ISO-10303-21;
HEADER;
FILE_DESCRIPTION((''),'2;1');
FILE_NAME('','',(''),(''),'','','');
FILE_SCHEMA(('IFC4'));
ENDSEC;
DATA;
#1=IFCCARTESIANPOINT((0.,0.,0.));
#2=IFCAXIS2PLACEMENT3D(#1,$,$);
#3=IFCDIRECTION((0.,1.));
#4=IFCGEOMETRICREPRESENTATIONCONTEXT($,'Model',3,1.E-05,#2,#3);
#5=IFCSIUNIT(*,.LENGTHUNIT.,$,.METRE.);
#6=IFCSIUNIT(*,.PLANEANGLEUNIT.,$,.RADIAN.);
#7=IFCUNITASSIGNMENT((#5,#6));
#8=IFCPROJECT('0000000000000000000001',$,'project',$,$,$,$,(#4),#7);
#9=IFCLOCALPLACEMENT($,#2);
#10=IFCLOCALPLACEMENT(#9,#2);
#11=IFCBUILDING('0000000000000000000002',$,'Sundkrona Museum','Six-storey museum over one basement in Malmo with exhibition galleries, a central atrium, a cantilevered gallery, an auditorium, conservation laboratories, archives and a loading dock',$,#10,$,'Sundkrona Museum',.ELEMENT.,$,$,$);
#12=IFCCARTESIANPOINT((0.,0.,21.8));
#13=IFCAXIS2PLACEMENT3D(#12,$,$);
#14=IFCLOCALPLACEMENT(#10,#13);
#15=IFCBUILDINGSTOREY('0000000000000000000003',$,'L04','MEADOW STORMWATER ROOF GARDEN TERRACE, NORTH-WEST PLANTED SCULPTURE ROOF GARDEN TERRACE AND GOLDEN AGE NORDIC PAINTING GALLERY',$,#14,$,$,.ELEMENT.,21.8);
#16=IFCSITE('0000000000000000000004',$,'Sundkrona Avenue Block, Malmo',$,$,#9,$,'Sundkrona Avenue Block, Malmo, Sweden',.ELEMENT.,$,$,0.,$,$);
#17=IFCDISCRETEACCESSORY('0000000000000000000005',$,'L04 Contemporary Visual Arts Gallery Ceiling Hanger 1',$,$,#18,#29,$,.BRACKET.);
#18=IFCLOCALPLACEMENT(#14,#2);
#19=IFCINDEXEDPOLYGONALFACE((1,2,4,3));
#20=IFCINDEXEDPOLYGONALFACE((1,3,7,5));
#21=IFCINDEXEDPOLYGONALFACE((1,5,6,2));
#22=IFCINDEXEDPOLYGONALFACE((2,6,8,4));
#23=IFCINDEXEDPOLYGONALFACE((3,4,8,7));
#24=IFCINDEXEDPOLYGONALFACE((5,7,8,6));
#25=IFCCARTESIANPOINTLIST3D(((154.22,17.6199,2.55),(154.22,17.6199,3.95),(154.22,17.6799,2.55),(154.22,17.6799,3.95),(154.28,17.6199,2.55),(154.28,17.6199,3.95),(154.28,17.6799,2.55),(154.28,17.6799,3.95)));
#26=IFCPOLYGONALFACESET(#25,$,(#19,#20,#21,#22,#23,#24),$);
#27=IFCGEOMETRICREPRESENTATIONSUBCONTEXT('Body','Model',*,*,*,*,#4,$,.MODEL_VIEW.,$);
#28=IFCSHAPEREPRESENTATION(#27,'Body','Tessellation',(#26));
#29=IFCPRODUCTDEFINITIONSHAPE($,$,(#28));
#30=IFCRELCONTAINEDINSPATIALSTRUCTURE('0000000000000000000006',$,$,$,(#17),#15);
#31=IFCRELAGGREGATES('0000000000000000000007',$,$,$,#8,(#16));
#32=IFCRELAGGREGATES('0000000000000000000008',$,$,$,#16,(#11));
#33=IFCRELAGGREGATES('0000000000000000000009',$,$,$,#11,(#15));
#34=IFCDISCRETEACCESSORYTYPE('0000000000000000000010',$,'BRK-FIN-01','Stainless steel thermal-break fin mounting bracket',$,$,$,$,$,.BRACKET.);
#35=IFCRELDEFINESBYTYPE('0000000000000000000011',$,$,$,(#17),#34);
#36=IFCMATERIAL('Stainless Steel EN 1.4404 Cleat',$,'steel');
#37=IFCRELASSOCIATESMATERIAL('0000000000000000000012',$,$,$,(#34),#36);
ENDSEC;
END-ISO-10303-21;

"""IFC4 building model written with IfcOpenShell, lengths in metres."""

from ifc_helpers import new_model, si_unit, direction, frame, origin, origin_2d, place, context, subcontext, project, spatial, rectangle, extrude, material, type_object, element, save


model = new_model("IFC4")

# Units and contexts
model_context = context("Model", 3, precision=1e-05, world=origin(), true_north=direction((0.0, 1.0)))
body_context = subcontext(model_context, "Body", "Model", "MODEL_VIEW")
ifc_project = project(units=[si_unit("LENGTHUNIT", "METRE"), si_unit("PLANEANGLEUNIT", "RADIAN")], contexts=[model_context])

# Site, building, storey
site_placement = place(None, origin())
site = spatial("IfcSite", under=ifc_project, at=site_placement, Name="Sundkrona Avenue Block, Malmo", LongName="Sundkrona Avenue Block, Malmo, Sweden", CompositionType="ELEMENT", RefElevation=0.0)
building_placement = place(site_placement, origin())
building = spatial("IfcBuilding", under=site, at=building_placement, Name="Sundkrona Museum", Description="Six-storey museum over one basement in Malmo with exhibition galleries, a central atrium, a cantilevered gallery, an auditorium, conservation laboratories, archives and a loading dock", LongName="Sundkrona Museum", CompositionType="ELEMENT")
storey_placement = place(building_placement, frame((0.0, 0.0, 21.8)))
storey = spatial("IfcBuildingStorey", under=building, at=storey_placement, Name="L04", Description="MEADOW STORMWATER ROOF GARDEN TERRACE, NORTH-WEST PLANTED SCULPTURE ROOF GARDEN TERRACE AND GOLDEN AGE NORDIC PAINTING GALLERY", CompositionType="ELEMENT", Elevation=21.8)

# Discrete accessory
ifc_material_1 = material(Name="Stainless Steel EN 1.4404 Cleat", Category="steel")
discrete_accessory_type = type_object("IfcDiscreteAccessoryType", Name="BRK-FIN-01", Description="Stainless steel thermal-break fin mounting bracket", PredefinedType="BRACKET", material=ifc_material_1)
discrete_accessory_placement = place(storey_placement, frame((154.25, 17.6499, 2.55), z_axis=(0.0, 0.0, 1.0), x_axis=(1.0, 0.0, 0.0)))
element("IfcDiscreteAccessory", 1, at=discrete_accessory_placement, inside=storey, type_object=discrete_accessory_type, Name="L04 Contemporary Visual Arts Gallery Ceiling Hanger 1", PredefinedType="BRACKET", context=body_context, shape_type="SweptSolid", body=[
    extrude(rectangle(XDim=0.0601, YDim=0.0601, at=origin_2d()), origin(), (0.0, 0.0, 1.0), 1.3999),
])

save(model, "model.ifc")
